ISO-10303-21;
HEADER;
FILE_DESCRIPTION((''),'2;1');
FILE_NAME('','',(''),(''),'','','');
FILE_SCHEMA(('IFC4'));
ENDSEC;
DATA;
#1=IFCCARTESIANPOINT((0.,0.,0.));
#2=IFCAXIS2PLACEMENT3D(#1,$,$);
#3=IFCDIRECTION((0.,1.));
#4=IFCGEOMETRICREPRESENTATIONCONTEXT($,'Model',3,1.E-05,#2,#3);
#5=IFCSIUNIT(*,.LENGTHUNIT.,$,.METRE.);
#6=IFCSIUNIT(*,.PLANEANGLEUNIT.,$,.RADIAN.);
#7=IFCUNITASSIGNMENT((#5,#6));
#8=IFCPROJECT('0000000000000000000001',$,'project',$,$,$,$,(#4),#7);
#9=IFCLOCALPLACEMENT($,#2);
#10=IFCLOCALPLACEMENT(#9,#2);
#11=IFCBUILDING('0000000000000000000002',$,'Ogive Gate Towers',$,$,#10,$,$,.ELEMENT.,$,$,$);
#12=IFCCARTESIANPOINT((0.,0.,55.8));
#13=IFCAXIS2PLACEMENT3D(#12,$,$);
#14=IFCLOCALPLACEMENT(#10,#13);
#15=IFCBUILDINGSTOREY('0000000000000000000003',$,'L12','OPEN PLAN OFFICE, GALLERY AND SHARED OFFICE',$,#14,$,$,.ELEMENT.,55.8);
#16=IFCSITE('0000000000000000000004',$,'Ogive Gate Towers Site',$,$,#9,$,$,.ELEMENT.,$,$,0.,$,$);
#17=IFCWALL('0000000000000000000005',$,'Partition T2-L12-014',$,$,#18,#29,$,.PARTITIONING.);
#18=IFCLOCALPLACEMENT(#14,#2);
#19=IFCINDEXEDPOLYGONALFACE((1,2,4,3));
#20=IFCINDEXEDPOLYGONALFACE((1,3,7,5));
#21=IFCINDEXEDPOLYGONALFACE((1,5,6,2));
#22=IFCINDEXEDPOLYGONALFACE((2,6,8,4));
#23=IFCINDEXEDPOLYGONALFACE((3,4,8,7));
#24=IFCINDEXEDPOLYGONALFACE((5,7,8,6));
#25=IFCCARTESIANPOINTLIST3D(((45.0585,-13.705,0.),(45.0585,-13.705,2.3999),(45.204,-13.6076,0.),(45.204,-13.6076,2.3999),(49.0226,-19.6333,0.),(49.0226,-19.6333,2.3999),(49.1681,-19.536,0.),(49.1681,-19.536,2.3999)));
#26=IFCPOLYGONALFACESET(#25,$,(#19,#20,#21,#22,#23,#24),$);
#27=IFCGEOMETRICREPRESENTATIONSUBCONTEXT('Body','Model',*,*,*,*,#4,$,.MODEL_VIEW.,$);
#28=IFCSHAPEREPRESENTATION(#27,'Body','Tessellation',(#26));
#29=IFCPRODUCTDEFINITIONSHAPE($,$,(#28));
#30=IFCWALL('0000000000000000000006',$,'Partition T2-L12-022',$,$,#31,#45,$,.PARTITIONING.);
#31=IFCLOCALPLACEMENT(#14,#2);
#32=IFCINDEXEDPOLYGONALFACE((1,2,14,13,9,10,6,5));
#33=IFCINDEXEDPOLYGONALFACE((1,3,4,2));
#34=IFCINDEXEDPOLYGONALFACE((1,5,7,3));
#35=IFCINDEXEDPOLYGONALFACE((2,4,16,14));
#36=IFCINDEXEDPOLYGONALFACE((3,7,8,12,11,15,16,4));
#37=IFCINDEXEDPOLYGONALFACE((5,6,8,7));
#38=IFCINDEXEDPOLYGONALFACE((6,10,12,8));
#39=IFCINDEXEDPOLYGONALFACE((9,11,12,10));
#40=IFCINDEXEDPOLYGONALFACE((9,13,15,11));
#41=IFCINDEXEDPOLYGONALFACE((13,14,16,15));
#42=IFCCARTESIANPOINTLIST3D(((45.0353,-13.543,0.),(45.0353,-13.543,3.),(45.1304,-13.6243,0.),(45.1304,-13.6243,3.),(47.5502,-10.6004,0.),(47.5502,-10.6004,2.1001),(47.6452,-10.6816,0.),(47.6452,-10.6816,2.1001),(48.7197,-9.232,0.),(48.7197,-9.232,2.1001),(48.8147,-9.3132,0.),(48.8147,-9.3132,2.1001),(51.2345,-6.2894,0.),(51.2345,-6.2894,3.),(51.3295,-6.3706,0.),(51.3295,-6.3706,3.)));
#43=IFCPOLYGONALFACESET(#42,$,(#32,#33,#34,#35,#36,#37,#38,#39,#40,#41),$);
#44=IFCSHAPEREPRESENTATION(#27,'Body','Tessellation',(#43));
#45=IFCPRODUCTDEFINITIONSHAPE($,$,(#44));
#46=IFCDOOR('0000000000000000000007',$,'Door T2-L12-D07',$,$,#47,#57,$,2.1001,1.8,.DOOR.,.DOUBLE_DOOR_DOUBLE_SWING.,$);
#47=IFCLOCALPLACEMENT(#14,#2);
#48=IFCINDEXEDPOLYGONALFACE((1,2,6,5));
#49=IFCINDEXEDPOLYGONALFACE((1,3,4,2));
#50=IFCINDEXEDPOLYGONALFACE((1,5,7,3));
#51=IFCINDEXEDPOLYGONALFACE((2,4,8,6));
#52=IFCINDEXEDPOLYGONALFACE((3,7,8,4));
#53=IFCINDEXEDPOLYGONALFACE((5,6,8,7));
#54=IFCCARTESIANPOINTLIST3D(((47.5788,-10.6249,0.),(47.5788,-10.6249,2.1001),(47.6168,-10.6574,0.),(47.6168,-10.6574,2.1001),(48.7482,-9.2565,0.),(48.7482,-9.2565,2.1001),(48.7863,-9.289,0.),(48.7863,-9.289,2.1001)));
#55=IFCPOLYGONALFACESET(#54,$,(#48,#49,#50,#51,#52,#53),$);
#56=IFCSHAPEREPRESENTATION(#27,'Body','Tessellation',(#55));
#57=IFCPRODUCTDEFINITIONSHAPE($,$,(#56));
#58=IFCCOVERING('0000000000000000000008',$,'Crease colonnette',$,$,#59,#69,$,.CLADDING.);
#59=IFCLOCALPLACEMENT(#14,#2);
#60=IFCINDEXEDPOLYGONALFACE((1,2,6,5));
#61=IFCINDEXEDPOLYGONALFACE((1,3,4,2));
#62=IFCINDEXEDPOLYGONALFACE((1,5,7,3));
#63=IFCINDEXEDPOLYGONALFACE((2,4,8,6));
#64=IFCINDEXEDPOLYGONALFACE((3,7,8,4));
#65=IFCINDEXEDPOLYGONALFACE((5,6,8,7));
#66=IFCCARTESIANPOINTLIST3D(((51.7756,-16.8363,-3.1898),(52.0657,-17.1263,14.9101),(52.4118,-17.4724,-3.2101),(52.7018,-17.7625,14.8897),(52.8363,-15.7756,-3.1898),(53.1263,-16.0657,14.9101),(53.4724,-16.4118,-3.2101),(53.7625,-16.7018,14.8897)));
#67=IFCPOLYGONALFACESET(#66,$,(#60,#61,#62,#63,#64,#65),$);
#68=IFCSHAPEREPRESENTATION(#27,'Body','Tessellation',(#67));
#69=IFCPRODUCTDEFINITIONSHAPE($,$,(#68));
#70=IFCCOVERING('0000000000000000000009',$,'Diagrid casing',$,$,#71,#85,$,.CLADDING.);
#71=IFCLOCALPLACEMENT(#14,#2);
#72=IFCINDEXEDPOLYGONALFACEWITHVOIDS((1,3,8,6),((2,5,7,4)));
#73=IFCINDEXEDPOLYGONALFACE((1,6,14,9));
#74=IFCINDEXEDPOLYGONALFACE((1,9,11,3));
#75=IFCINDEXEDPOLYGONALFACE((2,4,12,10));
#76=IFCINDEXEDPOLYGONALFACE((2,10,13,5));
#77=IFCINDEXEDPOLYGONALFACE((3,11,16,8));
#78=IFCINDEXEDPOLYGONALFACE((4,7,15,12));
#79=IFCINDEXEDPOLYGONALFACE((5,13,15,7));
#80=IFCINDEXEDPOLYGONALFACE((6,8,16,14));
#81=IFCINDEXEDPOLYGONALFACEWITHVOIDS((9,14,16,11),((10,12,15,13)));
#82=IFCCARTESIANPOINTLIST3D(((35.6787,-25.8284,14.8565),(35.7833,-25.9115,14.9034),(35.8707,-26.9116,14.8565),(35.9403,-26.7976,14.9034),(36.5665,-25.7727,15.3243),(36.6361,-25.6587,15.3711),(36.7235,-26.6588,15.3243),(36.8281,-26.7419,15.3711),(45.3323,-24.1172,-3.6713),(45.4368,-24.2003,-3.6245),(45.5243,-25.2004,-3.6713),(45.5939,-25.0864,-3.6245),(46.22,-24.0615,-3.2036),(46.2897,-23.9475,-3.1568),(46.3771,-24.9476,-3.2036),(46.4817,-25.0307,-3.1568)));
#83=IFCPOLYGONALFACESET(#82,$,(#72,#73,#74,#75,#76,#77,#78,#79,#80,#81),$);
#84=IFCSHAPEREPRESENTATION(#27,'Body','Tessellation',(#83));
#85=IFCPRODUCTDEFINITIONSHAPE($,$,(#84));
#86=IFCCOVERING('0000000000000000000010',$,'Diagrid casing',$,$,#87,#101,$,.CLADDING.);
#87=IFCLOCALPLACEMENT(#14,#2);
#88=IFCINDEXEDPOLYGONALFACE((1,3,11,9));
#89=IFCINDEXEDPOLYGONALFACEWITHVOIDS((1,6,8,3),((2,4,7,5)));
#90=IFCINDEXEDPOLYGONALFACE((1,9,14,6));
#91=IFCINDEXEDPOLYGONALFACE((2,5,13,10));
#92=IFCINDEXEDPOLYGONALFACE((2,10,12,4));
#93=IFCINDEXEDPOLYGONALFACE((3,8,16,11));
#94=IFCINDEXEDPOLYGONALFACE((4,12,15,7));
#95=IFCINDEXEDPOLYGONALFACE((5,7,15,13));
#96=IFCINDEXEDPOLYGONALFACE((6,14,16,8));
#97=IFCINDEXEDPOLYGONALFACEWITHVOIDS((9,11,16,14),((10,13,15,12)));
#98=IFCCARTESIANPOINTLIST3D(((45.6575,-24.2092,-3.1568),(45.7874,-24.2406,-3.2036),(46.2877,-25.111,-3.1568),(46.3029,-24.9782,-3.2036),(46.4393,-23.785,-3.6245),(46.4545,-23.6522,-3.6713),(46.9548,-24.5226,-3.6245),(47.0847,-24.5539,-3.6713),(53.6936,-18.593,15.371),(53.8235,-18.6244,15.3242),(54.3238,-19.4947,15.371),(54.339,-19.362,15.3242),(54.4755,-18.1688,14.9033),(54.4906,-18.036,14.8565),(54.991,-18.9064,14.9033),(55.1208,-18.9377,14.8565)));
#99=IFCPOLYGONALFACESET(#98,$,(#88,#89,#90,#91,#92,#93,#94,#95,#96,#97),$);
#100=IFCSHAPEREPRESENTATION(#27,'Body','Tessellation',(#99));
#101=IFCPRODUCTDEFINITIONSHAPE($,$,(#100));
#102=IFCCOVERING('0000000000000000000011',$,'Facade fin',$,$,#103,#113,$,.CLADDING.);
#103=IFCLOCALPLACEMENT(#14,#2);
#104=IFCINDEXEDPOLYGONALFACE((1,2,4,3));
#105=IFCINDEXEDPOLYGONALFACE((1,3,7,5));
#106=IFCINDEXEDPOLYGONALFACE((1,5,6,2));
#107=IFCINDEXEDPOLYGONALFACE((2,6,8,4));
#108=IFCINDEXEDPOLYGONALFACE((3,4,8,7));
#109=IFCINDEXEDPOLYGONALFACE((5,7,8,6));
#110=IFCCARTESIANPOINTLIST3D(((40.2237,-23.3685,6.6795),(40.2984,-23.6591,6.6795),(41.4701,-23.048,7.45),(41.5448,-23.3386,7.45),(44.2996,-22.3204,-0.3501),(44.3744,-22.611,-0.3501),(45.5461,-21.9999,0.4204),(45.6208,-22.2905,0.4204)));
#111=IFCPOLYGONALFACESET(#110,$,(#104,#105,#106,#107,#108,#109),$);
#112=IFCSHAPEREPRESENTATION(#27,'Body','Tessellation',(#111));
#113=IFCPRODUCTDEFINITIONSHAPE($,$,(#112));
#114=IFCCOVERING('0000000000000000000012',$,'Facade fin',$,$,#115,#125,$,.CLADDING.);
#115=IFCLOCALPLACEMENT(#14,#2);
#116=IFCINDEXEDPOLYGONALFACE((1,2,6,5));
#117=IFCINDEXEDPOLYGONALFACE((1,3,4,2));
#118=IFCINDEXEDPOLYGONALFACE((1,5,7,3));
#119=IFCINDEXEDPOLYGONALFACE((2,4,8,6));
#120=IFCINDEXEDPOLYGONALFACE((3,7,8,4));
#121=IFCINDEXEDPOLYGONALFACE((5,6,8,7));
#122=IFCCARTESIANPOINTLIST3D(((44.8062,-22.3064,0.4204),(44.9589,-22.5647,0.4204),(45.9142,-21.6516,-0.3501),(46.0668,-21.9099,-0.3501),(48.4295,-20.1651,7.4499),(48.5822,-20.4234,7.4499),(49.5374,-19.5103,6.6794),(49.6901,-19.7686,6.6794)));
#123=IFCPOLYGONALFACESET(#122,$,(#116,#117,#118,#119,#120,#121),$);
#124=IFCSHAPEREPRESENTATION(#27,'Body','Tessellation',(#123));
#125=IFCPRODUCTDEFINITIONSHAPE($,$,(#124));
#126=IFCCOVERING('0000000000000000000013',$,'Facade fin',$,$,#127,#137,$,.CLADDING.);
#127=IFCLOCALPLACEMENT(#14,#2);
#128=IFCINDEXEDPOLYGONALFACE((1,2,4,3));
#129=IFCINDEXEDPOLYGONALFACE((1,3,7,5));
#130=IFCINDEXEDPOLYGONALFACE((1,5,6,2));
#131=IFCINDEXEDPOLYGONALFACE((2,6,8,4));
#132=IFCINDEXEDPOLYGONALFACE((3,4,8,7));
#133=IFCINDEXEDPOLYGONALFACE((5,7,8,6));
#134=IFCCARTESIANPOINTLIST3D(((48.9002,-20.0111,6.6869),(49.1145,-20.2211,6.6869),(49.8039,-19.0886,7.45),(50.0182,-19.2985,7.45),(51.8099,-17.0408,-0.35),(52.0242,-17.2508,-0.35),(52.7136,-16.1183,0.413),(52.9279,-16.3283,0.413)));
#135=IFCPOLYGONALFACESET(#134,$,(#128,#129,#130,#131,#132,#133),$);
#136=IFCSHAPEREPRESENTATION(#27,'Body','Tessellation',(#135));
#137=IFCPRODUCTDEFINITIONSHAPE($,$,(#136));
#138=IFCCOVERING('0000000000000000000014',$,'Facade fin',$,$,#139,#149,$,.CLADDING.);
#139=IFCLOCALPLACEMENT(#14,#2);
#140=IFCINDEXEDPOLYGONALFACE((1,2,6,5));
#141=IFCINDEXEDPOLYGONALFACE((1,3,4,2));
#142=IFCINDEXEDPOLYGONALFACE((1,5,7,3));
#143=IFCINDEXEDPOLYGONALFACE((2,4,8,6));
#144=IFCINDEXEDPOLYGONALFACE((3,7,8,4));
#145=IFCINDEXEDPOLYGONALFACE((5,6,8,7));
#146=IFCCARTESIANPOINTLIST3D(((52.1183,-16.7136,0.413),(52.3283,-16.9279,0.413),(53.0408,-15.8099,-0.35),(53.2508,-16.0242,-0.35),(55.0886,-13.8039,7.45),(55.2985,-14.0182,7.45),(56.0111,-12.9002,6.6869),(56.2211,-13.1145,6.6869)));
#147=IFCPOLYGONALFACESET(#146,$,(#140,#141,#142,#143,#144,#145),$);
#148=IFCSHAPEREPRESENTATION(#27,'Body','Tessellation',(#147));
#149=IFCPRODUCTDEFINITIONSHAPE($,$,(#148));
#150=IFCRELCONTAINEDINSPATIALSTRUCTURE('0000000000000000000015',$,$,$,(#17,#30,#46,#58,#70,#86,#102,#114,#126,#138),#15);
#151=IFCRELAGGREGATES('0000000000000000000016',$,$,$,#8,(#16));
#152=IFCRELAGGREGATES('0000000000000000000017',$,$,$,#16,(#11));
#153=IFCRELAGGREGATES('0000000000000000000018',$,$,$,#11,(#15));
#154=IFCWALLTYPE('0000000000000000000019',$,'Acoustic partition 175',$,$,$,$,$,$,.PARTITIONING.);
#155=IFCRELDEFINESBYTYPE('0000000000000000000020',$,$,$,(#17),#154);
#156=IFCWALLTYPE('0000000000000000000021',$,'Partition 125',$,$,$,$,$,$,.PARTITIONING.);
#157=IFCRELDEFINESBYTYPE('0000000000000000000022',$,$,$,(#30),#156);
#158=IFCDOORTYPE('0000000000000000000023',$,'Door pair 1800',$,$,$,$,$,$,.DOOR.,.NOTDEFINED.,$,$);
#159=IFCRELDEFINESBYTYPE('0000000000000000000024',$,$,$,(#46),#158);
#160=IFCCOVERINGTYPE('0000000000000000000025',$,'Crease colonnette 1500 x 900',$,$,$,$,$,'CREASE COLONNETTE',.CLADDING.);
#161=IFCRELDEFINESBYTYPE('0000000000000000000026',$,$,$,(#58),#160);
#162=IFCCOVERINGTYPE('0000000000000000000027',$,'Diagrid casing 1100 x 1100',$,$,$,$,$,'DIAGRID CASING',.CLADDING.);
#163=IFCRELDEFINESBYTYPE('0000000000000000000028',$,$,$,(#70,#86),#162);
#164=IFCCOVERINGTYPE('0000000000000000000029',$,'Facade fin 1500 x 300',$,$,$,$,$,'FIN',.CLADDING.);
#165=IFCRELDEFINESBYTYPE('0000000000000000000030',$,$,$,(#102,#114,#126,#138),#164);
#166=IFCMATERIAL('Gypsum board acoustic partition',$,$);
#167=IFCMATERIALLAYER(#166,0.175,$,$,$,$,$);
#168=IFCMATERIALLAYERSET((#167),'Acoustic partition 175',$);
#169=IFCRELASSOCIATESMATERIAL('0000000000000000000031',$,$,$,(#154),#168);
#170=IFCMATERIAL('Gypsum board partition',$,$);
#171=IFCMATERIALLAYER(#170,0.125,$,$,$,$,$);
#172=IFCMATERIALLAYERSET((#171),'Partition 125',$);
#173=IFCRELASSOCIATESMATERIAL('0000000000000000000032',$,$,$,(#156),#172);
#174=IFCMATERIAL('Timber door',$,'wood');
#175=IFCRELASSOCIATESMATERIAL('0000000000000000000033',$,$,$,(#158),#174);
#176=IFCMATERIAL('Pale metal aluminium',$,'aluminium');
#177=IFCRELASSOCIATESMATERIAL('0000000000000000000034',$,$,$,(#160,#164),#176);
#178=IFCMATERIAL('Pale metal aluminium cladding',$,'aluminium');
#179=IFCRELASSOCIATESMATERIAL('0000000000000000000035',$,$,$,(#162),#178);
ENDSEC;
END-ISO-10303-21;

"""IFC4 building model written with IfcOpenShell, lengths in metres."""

from ifc_helpers import new_model, si_unit, direction, frame, frame_2d, origin, origin_2d, place, context, subcontext, project, spatial, rectangle, hollow_rectangle, extrude, material, layer, layer_set, material_profile, profile_set, type_object, element, fill, save


model = new_model("IFC4")

# Units and contexts
model_context = context("Model", 3, precision=1e-05, world=origin(), true_north=direction((0.0, 1.0)))
body_context = subcontext(model_context, "Body", "Model", "MODEL_VIEW")
ifc_project = project(units=[si_unit("LENGTHUNIT", "METRE"), si_unit("PLANEANGLEUNIT", "RADIAN")], contexts=[model_context])

# Site, building, storey
site_placement = place(None, origin())
site = spatial("IfcSite", under=ifc_project, at=site_placement, Name="Ogive Gate Towers Site", CompositionType="ELEMENT", RefElevation=0.0)
building_placement = place(site_placement, origin())
building = spatial("IfcBuilding", under=site, at=building_placement, Name="Ogive Gate Towers", CompositionType="ELEMENT")
storey_placement = place(building_placement, frame((0.0, 0.0, 55.8)))
storey = spatial("IfcBuildingStorey", under=building, at=storey_placement, Name="L12", Description="OPEN PLAN OFFICE, GALLERY AND SHARED OFFICE", CompositionType="ELEMENT", Elevation=55.8)

# Shared definitions
ifc_material_1 = material(Name="Pale metal aluminium", Category="aluminium")

# Wall
ifc_material_2 = material(Name="Gypsum board acoustic partition")
ifc_layer_1 = layer(ifc_material_2, 0.175)
ifc_layer_set_1 = layer_set([ifc_layer_1], Name="Acoustic partition 175")
wall_type_1 = type_object("IfcWallType", Name="Acoustic partition 175", PredefinedType="PARTITIONING", material=ifc_layer_set_1)
wall_1_placement = place(storey_placement, frame((49.0955, -19.5847, 0.0), z_axis=(0.0, 0.0, 1.0), x_axis=(-0.555861, 0.831275, 0.0)))
element("IfcWall", 1, at=wall_1_placement, inside=storey, type_object=wall_type_1, Name="Partition T2-L12-014", PredefinedType="PARTITIONING", context=body_context, shape_type="SweptSolid", body=[
    extrude(rectangle(XDim=7.1316, YDim=0.175, at=frame_2d((3.5659, 0.0))), origin(), (0.0, 0.0, 1.0), 2.3999),
])

# Wall, opening, door
ifc_material_3 = material(Name="Gypsum board partition")
ifc_layer_2 = layer(ifc_material_3, 0.125)
ifc_layer_set_2 = layer_set([ifc_layer_2], Name="Partition 125")
wall_type_2 = type_object("IfcWallType", Name="Partition 125", PredefinedType="PARTITIONING", material=ifc_layer_set_2)
wall_2_placement = place(storey_placement, frame((45.0828, -13.5837, 0.0), z_axis=(0.0, 0.0, 1.0), x_axis=(0.649691, 0.760199, 0.0)))
wall_2 = element("IfcWall", 2, at=wall_2_placement, inside=storey, type_object=wall_type_2, Name="Partition T2-L12-022", PredefinedType="PARTITIONING", context=body_context, shape_type="SweptSolid", body=[
    extrude(rectangle(XDim=9.5417, YDim=0.125, at=frame_2d((4.771, 0.0))), origin(), (0.0, 0.0, 1.0), 3.0),
])
opening_placement = place(wall_2_placement, frame((3.8711, 0.0, 0.0)))
opening = element("IfcOpeningElement", 3, at=opening_placement, cuts=wall_2, PredefinedType="OPENING", context=body_context, shape_type="SweptSolid", body=[
    extrude(rectangle(XDim=1.8, YDim=2.1001, at=frame_2d((0.8999, 1.05))), frame((0.0, 0.0725, 0.0), z_axis=(0.0, -1.0, 0.0), x_axis=(1.0, 0.0, 0.0)), (0.0, 0.0, 1.0), 0.145),
])
ifc_material_4 = material(Name="Timber door", Category="wood")
door_type = type_object("IfcDoorType", Name="Door pair 1800", OperationType="NOTDEFINED", PredefinedType="DOOR", material=ifc_material_4)
door_placement = place(opening_placement, origin())
door = element("IfcDoor", 4, at=door_placement, inside=storey, type_object=door_type, Name="Door T2-L12-D07", OperationType="DOUBLE_DOOR_DOUBLE_SWING", OverallHeight=2.1001, OverallWidth=1.8, PredefinedType="DOOR", context=body_context, shape_type="SweptSolid", body=[
    extrude(rectangle(XDim=1.8, YDim=2.1001, at=frame_2d((0.8999, 1.05))), frame((0.0, 0.0249, 0.0), z_axis=(0.0, -1.0, 0.0), x_axis=(1.0, 0.0, 0.0)), (0.0, 0.0, 1.0), 0.05),
])
fill(opening, door)

# Coverings
ifc_material_profile_1 = material_profile(ifc_material_1, rectangle(XDim=1.5, YDim=0.8999, at=origin_2d()), Name="1500 x 900 pale metal aluminium")
ifc_profile_set_1 = profile_set([ifc_material_profile_1], Name="Pale metal aluminium")
covering_type_1 = type_object("IfcCoveringType", Name="Crease colonnette 1500 x 900", ElementType="CREASE COLONNETTE", PredefinedType="CLADDING", material=ifc_profile_set_1)
covering_placement = place(storey_placement, frame((52.624, -16.624, -3.2), z_axis=(0.01602, -0.01602, 0.999743), x_axis=(0.707107, 0.707107, 0.0)))
element("IfcCovering", 5, at=covering_placement, inside=storey, type_object=covering_type_1, Name="Crease colonnette", PredefinedType="CLADDING", context=body_context, shape_type="SweptSolid", body=[
    extrude(rectangle(XDim=1.5, YDim=0.8999, at=origin_2d()), origin(), (0.0, 0.0, 1.0), 18.1045),
])
ifc_material_5 = material(Name="Pale metal aluminium cladding", Category="aluminium")
ifc_material_profile_2 = material_profile(ifc_material_5, hollow_rectangle(XDim=1.1001, YDim=1.1001, WallThickness=0.1001, at=origin_2d()), Name="1100 x 1100 pale metal casing")
ifc_profile_set_2 = profile_set([ifc_material_profile_2], Name="Pale metal aluminium cladding")
covering_type_2 = type_object("IfcCoveringType", Name="Diagrid casing 1100 x 1100", ElementType="DIAGRID CASING", PredefinedType="CLADDING", material=ifc_profile_set_2)
for number, where, z_axis, x_axis, name in (
    (6, (45.907, -24.574, -3.4141), (-0.46053, -0.081633, 0.883883), (0.174538, -0.98465, 0.0), "Diagrid casing"),
    (7, (46.3711, -24.3816, -3.4141), (0.383368, 0.267925, 0.883881), (-0.57284, 0.819667, 0.0), "Diagrid casing"),
):
    element("IfcCovering", number, at=place(storey_placement, frame(where, z_axis=z_axis, x_axis=x_axis)), inside=storey, type_object=covering_type_2, Name=name, PredefinedType="CLADDING", context=body_context, shape_type="SweptSolid", body=[
        extrude(hollow_rectangle(XDim=1.1001, YDim=1.1001, WallThickness=0.1001, at=origin_2d()), origin(), (0.0, 0.0, 1.0), 20.9619),
    ])
ifc_material_profile_3 = material_profile(ifc_material_1, rectangle(XDim=0.3, YDim=1.5, at=origin_2d()), Name="1500 x 300 pale metal aluminium")
ifc_profile_set_3 = profile_set([ifc_material_profile_3], Name="Pale metal aluminium")
covering_type_3 = type_object("IfcCoveringType", Name="Facade fin 1500 x 300", ElementType="FIN", PredefinedType="CLADDING", material=ifc_profile_set_3)
for number, where, z_axis, x_axis, name in (
    (8, (44.9602, -22.3054, 0.0352), (-0.497486, -0.127925, 0.857988), (0.249041, -0.968493, 0.0), "Facade fin"),
    (9, (45.4365, -22.1082, 0.0352), (0.442233, 0.261359, 0.857975), (-0.508786, 0.860893, 0.0), "Facade fin"),
):
    element("IfcCovering", number, at=place(storey_placement, frame(where, z_axis=z_axis, x_axis=x_axis)), inside=storey, type_object=covering_type_3, Name=name, PredefinedType="CLADDING", context=body_context, shape_type="SweptSolid", body=[
        extrude(rectangle(XDim=0.3, YDim=1.5, at=origin_2d()), origin(), (0.0, 0.0, 1.0), 8.1931),
    ])
for number, where, z_axis, x_axis, name in (
    (10, (52.3689, -16.6846, 0.0315), (-0.355989, -0.363396, 0.860938), (0.71435, -0.699788, 0.0), "Facade fin"),
    (11, (52.6846, -16.3689, 0.0315), (0.363396, 0.355989, 0.860938), (-0.699788, 0.71435, 0.0), "Facade fin"),
):
    element("IfcCovering", number, at=place(storey_placement, frame(where, z_axis=z_axis, x_axis=x_axis)), inside=storey, type_object=covering_type_3, Name=name, PredefinedType="CLADDING", context=body_context, shape_type="SweptSolid", body=[
        extrude(rectangle(XDim=0.3, YDim=1.5, at=origin_2d()), origin(), (0.0, 0.0, 1.0), 8.1736),
    ])

save(model, "model.ifc")
